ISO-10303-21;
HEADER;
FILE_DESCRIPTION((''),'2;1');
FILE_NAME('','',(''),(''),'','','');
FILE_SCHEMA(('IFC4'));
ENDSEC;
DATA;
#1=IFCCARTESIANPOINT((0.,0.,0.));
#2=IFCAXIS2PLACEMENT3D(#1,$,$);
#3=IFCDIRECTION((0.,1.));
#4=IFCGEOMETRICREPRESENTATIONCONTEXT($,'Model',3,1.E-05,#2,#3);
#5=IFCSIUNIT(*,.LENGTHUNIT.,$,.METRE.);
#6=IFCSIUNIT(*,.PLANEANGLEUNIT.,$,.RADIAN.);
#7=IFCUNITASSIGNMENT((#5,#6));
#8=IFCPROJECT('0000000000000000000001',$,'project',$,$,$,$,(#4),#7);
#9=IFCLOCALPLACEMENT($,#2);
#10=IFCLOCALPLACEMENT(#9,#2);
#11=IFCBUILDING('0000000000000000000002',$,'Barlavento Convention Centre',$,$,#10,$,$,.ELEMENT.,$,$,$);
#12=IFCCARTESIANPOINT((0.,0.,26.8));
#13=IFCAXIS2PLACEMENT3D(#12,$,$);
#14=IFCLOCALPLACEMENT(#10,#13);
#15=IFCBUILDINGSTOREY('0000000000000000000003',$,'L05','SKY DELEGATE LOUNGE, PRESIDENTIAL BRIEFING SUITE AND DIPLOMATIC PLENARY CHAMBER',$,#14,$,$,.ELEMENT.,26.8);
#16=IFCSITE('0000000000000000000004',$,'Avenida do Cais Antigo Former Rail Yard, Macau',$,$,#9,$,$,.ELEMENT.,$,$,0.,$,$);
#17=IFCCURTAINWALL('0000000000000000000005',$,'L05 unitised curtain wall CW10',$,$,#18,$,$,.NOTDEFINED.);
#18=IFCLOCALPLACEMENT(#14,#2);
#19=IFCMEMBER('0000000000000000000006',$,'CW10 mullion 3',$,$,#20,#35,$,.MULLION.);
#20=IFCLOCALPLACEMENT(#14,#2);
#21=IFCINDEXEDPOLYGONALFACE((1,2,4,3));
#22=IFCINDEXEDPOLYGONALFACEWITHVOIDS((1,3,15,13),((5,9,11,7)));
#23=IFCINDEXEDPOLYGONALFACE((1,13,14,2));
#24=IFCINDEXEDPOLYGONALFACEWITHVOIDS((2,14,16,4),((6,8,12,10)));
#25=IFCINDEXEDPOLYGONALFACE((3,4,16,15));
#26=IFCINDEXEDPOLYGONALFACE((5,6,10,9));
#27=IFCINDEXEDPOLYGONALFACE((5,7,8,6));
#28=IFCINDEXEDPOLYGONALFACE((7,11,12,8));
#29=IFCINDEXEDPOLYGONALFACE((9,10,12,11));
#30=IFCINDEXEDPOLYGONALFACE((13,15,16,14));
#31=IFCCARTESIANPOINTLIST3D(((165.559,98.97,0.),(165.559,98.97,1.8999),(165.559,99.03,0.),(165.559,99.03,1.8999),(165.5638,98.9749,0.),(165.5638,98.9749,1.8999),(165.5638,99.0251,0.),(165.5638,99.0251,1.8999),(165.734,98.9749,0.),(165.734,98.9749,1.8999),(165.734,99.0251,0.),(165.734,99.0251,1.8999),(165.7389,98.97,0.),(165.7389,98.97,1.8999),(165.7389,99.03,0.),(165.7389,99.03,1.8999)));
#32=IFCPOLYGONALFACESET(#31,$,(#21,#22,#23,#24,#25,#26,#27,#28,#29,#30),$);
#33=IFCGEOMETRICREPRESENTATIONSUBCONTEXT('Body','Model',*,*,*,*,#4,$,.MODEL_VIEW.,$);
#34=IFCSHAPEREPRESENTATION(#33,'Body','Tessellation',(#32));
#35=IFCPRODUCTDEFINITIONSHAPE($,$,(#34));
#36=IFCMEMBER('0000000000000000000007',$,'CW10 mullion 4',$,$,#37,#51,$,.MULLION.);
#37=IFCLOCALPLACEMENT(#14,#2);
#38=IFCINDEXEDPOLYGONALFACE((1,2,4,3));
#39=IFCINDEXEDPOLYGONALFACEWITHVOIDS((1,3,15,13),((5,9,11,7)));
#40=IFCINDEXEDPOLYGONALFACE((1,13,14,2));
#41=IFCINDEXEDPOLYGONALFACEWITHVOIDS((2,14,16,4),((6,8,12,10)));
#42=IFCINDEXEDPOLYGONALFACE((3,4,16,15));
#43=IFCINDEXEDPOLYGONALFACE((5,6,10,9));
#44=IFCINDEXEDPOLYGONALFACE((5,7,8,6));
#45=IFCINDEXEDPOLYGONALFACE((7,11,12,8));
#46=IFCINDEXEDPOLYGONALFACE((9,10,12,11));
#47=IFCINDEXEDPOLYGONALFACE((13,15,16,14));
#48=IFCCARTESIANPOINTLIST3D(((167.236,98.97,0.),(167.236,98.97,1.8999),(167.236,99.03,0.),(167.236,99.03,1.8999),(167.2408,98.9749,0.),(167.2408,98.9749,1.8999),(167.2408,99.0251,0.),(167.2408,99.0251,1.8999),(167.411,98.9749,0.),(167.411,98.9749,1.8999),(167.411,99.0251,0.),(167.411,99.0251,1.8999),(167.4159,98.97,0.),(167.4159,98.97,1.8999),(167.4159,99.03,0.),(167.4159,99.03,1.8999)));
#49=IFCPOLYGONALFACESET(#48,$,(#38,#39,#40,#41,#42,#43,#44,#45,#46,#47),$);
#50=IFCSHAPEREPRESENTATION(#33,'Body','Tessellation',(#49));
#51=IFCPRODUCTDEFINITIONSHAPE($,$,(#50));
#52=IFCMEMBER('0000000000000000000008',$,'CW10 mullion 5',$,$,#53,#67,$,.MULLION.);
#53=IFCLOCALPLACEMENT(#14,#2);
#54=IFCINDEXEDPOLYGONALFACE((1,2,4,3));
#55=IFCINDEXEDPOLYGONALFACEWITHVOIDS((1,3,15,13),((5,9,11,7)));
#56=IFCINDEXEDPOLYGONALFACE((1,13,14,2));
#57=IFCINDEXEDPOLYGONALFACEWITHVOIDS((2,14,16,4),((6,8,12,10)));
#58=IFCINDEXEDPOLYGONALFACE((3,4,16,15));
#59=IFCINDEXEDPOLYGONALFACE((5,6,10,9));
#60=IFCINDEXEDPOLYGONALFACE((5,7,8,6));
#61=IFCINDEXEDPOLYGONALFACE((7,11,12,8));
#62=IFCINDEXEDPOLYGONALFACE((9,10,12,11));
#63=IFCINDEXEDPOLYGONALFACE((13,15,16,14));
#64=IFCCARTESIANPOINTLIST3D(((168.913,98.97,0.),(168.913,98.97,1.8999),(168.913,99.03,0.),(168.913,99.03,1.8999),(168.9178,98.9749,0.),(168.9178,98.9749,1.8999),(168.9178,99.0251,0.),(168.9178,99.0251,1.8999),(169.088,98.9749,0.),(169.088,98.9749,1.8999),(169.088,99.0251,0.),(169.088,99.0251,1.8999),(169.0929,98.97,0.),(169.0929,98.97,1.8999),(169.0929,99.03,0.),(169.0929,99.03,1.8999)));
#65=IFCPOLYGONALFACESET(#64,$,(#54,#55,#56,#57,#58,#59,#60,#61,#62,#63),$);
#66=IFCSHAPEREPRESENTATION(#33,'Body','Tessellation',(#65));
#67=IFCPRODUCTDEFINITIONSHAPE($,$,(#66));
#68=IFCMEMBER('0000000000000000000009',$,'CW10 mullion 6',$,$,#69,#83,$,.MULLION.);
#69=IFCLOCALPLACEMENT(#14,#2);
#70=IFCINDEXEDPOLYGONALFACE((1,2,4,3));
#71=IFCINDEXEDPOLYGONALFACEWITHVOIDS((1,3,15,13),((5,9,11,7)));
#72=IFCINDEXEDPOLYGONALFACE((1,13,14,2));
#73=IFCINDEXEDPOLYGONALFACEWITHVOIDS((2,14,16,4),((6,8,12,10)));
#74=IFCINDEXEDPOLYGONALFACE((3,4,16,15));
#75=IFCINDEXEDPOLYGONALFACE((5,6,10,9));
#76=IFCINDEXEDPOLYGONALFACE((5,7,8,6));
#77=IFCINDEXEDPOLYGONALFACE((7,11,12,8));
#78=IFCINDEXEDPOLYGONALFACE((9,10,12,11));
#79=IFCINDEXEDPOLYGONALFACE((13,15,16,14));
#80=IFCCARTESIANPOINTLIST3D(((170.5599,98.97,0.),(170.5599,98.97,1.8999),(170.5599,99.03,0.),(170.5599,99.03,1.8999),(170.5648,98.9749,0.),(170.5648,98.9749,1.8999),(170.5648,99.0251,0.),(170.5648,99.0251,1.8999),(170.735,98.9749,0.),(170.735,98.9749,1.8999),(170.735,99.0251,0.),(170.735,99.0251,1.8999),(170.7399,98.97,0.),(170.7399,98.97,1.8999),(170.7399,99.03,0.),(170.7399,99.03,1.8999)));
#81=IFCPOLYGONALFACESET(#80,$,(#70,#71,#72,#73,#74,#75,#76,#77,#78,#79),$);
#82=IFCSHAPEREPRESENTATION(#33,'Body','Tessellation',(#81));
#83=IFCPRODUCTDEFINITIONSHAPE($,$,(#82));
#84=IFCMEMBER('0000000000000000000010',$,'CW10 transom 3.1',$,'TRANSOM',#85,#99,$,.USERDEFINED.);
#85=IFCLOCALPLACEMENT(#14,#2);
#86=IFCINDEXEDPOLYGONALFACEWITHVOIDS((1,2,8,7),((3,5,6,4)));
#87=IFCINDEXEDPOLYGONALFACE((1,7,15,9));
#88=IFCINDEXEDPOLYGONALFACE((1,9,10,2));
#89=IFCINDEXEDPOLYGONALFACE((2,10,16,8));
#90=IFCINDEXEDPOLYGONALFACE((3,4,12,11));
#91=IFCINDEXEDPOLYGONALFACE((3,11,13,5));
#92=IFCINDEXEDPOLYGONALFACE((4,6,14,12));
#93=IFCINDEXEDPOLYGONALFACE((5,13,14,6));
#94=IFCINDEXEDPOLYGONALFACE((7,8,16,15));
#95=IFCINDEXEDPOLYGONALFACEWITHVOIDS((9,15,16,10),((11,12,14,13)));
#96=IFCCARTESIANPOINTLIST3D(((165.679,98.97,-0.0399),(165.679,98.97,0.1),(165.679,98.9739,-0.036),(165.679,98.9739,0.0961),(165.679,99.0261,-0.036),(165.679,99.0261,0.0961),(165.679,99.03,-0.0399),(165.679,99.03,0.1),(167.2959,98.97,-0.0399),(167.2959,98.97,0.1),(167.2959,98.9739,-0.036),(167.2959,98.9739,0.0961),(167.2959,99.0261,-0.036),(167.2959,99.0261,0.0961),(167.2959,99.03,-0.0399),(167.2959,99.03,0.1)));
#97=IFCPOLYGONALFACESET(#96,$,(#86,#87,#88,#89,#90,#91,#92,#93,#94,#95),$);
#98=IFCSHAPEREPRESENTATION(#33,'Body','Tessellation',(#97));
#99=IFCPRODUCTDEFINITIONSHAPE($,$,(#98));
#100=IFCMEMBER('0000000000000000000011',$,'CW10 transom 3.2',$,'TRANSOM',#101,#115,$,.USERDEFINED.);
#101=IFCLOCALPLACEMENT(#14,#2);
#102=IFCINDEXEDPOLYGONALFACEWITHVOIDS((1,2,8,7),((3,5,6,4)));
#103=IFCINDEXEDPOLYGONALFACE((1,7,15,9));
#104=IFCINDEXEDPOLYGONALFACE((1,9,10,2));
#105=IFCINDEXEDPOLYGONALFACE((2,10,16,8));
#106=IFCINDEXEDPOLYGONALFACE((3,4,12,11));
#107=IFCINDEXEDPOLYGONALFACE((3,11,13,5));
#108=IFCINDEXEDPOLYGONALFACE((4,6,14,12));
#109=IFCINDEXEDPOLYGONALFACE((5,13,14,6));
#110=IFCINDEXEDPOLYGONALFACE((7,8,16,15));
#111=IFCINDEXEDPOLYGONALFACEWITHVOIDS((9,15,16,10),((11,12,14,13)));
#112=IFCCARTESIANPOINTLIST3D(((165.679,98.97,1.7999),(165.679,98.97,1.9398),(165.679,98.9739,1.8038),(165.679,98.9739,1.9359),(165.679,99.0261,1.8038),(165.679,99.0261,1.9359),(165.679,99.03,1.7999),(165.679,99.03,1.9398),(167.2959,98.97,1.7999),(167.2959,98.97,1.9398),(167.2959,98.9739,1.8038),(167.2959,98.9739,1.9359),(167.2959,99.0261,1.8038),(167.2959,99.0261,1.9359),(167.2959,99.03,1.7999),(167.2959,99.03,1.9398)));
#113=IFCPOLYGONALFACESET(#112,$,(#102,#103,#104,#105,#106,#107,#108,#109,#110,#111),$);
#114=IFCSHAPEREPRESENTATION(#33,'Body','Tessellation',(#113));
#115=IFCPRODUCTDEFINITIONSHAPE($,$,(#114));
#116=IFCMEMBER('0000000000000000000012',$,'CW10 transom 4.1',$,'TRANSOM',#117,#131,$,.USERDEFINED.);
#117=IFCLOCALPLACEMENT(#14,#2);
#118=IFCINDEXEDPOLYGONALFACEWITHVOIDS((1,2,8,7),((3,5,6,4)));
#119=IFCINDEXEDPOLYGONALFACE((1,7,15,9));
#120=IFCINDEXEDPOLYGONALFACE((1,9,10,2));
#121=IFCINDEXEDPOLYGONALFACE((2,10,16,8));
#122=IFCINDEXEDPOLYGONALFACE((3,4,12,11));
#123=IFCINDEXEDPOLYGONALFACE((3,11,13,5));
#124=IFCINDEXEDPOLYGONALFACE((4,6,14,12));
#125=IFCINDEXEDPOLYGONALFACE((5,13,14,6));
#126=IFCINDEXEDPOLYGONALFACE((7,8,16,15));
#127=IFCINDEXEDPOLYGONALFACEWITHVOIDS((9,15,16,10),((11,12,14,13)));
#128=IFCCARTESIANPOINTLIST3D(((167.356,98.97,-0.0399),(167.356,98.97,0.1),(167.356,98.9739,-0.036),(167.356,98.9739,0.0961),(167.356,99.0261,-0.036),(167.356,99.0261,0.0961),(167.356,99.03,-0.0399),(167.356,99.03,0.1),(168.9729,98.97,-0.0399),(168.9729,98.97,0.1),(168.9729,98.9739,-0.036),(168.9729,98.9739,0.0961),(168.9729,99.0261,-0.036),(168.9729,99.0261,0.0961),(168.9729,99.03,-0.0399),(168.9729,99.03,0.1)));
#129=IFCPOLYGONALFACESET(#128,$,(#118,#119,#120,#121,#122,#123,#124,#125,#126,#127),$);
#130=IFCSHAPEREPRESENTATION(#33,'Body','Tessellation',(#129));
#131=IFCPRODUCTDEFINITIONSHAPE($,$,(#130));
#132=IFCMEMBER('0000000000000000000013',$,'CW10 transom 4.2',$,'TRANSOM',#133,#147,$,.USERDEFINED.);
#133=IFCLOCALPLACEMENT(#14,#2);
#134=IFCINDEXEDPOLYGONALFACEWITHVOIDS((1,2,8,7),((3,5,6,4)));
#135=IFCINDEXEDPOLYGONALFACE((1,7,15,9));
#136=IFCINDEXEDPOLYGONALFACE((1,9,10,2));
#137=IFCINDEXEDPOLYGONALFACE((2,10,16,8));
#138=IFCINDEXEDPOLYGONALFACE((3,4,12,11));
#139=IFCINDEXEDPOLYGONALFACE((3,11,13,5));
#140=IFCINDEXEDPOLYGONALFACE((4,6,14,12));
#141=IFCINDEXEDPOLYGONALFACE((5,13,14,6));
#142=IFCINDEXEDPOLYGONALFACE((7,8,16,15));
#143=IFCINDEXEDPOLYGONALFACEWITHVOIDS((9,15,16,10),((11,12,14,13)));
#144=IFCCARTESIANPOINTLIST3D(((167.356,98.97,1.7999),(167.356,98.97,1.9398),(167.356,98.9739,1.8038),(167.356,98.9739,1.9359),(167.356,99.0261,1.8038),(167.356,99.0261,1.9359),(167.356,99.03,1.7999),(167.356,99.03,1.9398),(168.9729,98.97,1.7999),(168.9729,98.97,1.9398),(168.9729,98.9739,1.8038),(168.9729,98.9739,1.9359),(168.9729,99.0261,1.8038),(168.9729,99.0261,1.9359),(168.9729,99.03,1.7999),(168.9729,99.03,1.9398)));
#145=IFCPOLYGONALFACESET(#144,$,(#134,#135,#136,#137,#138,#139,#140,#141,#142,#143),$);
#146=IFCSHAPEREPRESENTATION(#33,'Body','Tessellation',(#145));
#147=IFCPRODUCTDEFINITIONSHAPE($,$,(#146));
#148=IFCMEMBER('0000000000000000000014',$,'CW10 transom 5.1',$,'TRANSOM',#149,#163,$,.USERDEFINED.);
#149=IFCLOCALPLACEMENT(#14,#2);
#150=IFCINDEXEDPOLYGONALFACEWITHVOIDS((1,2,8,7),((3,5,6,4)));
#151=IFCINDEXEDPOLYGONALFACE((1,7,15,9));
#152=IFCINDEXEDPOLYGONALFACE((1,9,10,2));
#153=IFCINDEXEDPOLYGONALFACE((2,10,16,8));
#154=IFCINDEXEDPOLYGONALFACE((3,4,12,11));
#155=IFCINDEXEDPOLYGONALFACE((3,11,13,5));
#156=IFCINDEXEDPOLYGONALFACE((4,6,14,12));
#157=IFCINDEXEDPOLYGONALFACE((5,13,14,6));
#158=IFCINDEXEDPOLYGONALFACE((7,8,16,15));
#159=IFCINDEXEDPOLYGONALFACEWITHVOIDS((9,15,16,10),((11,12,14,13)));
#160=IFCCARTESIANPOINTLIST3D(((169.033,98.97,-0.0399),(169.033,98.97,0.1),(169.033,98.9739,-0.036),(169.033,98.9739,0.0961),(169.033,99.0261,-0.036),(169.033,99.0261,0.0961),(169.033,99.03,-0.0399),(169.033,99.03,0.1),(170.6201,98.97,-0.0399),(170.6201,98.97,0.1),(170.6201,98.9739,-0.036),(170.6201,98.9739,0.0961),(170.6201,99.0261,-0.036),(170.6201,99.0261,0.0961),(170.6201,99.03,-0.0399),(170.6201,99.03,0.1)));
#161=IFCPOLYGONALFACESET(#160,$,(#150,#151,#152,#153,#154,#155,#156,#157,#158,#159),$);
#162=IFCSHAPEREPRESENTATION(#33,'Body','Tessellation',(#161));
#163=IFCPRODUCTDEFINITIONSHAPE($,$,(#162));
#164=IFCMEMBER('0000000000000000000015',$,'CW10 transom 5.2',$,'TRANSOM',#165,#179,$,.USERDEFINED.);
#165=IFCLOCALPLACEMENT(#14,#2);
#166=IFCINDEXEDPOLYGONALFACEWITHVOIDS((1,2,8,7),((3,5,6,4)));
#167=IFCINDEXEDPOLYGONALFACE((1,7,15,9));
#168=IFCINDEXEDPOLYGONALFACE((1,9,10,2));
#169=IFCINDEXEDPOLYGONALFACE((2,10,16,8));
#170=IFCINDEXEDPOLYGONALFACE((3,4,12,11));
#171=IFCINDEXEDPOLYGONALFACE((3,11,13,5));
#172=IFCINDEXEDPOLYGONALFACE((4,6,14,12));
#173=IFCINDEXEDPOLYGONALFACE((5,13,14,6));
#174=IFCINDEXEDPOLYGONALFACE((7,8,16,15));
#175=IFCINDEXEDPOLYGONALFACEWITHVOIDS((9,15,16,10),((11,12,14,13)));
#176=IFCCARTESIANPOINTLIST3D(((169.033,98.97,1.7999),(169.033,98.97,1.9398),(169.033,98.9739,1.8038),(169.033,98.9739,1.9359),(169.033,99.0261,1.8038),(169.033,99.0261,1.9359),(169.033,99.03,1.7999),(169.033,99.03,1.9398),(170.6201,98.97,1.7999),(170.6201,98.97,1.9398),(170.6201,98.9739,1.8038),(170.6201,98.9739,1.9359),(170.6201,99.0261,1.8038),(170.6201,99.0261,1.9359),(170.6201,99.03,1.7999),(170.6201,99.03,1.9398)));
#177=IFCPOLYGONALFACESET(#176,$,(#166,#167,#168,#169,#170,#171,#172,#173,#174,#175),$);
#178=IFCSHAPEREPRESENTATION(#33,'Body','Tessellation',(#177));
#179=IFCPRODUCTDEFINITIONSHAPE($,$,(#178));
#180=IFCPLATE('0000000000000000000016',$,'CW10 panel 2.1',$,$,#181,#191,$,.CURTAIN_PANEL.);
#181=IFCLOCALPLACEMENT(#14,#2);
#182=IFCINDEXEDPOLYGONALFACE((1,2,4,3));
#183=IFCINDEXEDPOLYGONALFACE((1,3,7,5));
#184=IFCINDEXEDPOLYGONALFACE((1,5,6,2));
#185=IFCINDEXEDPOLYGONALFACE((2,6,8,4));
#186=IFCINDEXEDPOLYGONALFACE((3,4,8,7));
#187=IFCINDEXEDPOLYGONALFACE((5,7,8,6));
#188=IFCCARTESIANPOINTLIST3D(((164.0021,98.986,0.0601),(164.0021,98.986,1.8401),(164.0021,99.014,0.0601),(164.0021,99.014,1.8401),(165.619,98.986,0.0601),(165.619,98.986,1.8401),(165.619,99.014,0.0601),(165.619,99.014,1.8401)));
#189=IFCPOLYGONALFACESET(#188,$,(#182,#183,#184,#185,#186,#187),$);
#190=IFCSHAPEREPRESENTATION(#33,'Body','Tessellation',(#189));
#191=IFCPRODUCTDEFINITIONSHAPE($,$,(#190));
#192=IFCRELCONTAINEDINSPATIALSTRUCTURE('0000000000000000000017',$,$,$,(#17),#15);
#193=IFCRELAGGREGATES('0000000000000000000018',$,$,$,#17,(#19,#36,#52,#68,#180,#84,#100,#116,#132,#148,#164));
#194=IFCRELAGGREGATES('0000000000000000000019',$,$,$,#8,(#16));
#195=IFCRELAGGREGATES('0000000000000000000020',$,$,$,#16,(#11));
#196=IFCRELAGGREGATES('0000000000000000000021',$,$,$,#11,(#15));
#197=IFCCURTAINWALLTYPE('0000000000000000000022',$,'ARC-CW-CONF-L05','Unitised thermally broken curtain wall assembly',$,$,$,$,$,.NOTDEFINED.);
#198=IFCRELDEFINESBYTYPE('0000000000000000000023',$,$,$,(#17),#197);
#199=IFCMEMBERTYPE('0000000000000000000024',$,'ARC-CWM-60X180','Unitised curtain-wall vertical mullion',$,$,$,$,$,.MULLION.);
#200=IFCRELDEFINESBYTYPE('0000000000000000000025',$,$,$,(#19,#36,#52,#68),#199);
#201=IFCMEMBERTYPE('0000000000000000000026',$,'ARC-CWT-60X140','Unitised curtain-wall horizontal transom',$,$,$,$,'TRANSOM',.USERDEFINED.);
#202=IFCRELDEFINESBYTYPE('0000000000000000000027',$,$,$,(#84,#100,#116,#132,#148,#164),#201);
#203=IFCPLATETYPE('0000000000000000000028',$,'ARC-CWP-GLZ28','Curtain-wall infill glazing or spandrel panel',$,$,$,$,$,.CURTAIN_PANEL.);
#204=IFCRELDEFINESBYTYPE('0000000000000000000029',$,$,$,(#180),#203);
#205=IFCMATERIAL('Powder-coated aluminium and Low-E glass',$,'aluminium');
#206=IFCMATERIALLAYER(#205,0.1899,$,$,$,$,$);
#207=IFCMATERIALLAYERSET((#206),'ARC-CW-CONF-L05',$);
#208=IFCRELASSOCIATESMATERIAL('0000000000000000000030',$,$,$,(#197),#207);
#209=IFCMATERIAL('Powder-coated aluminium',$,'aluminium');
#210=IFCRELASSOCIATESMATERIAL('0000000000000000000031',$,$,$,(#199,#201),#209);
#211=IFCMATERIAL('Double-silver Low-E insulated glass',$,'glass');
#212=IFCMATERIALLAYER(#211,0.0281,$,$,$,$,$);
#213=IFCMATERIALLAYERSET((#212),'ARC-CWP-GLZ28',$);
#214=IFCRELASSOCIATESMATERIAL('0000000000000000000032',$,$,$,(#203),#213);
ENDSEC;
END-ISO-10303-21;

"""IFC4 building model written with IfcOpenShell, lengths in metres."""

from ifc_helpers import new_model, si_unit, direction, frame, origin, origin_2d, place, context, subcontext, project, spatial, rectangle, hollow_rectangle, extrude, material, layer, layer_set, material_profile, profile_set, type_object, element, aggregate, save


model = new_model("IFC4")

# Units and contexts
model_context = context("Model", 3, precision=1e-05, world=origin(), true_north=direction((0.0, 1.0)))
body_context = subcontext(model_context, "Body", "Model", "MODEL_VIEW")
ifc_project = project(units=[si_unit("LENGTHUNIT", "METRE"), si_unit("PLANEANGLEUNIT", "RADIAN")], contexts=[model_context])

# Site, building, storey
site_placement = place(None, origin())
site = spatial("IfcSite", under=ifc_project, at=site_placement, Name="Avenida do Cais Antigo Former Rail Yard, Macau", CompositionType="ELEMENT", RefElevation=0.0)
building_placement = place(site_placement, origin())
building = spatial("IfcBuilding", under=site, at=building_placement, Name="Barlavento Convention Centre", CompositionType="ELEMENT")
storey_placement = place(building_placement, frame((0.0, 0.0, 26.8)))
storey = spatial("IfcBuildingStorey", under=building, at=storey_placement, Name="L05", Description="SKY DELEGATE LOUNGE, PRESIDENTIAL BRIEFING SUITE AND DIPLOMATIC PLENARY CHAMBER", CompositionType="ELEMENT", Elevation=26.8)

# Curtain wall, members, plate
ifc_material_1 = material(Name="Powder-coated aluminium and Low-E glass", Category="aluminium")
ifc_layer_1 = layer(ifc_material_1, 0.1899)
ifc_layer_set_1 = layer_set([ifc_layer_1], Name="ARC-CW-CONF-L05")
curtain_wall_type = type_object("IfcCurtainWallType", Name="ARC-CW-CONF-L05", Description="Unitised thermally broken curtain wall assembly", PredefinedType="NOTDEFINED", material=ifc_layer_set_1)
curtain_wall_placement = place(storey_placement, origin())
curtain_wall = element("IfcCurtainWall", 1, at=curtain_wall_placement, inside=storey, type_object=curtain_wall_type, Name="L05 unitised curtain wall CW10", PredefinedType="NOTDEFINED")
ifc_material_2 = material(Name="Powder-coated aluminium", Category="aluminium")
ifc_material_profile_1 = material_profile(ifc_material_2, hollow_rectangle(XDim=0.0601, YDim=0.1799, WallThickness=0.0049, at=origin_2d()), Name="AL-MULL 60x180x5")
ifc_profile_set_1 = profile_set([ifc_material_profile_1], Name="Powder-coated aluminium")
member_type_1 = type_object("IfcMemberType", Name="ARC-CWM-60X180", Description="Unitised curtain-wall vertical mullion", PredefinedType="MULLION", material=ifc_profile_set_1)
member_1_placement = place(storey_placement, frame((165.6489, 99.0, 0.0), z_axis=(0.0, 0.0, 1.0), x_axis=(0.0, 1.0, 0.0)))
member_1 = element("IfcMember", 2, at=member_1_placement, type_object=member_type_1, Name="CW10 mullion 3", PredefinedType="MULLION", context=body_context, shape_type="SweptSolid", body=[
    extrude(hollow_rectangle(XDim=0.0601, YDim=0.1799, WallThickness=0.0049, at=origin_2d()), origin(), (0.0, 0.0, 1.0), 1.8999),
])
member_2_placement = place(storey_placement, frame((167.3259, 99.0, 0.0), z_axis=(0.0, 0.0, 1.0), x_axis=(0.0, 1.0, 0.0)))
member_2 = element("IfcMember", 3, at=member_2_placement, type_object=member_type_1, Name="CW10 mullion 4", PredefinedType="MULLION", context=body_context, shape_type="SweptSolid", body=[
    extrude(hollow_rectangle(XDim=0.0601, YDim=0.1799, WallThickness=0.0049, at=origin_2d()), origin(), (0.0, 0.0, 1.0), 1.8999),
])
member_3_placement = place(storey_placement, frame((169.0029, 99.0, 0.0), z_axis=(0.0, 0.0, 1.0), x_axis=(0.0, 1.0, 0.0)))
member_3 = element("IfcMember", 4, at=member_3_placement, type_object=member_type_1, Name="CW10 mullion 5", PredefinedType="MULLION", context=body_context, shape_type="SweptSolid", body=[
    extrude(hollow_rectangle(XDim=0.0601, YDim=0.1799, WallThickness=0.0049, at=origin_2d()), origin(), (0.0, 0.0, 1.0), 1.8999),
])
member_4_placement = place(storey_placement, frame((170.6499, 99.0, 0.0), z_axis=(0.0, 0.0, 1.0), x_axis=(0.0, 1.0, 0.0)))
member_4 = element("IfcMember", 5, at=member_4_placement, type_object=member_type_1, Name="CW10 mullion 6", PredefinedType="MULLION", context=body_context, shape_type="SweptSolid", body=[
    extrude(hollow_rectangle(XDim=0.0601, YDim=0.1799, WallThickness=0.0049, at=origin_2d()), origin(), (0.0, 0.0, 1.0), 1.8999),
])
ifc_material_profile_2 = material_profile(ifc_material_2, hollow_rectangle(XDim=0.0601, YDim=0.1399, WallThickness=0.0039, at=origin_2d()), Name="AL-TRAN 60x140x4")
ifc_profile_set_2 = profile_set([ifc_material_profile_2], Name="Powder-coated aluminium")
member_type_2 = type_object("IfcMemberType", Name="ARC-CWT-60X140", Description="Unitised curtain-wall horizontal transom", ElementType="TRANSOM", PredefinedType="USERDEFINED", material=ifc_profile_set_2)
member_5_placement = place(storey_placement, frame((165.679, 99.0, 0.03), z_axis=(1.0, 0.0, 0.0), x_axis=(0.0, 1.0, 0.0)))
member_5 = element("IfcMember", 6, at=member_5_placement, type_object=member_type_2, Name="CW10 transom 3.1", ObjectType="TRANSOM", PredefinedType="USERDEFINED", context=body_context, shape_type="SweptSolid", body=[
    extrude(hollow_rectangle(XDim=0.0601, YDim=0.1399, WallThickness=0.0039, at=origin_2d()), origin(), (0.0, 0.0, 1.0), 1.6169),
])
member_6_placement = place(storey_placement, frame((165.679, 99.0, 1.8699), z_axis=(1.0, 0.0, 0.0), x_axis=(0.0, 1.0, 0.0)))
member_6 = element("IfcMember", 7, at=member_6_placement, type_object=member_type_2, Name="CW10 transom 3.2", ObjectType="TRANSOM", PredefinedType="USERDEFINED", context=body_context, shape_type="SweptSolid", body=[
    extrude(hollow_rectangle(XDim=0.0601, YDim=0.1399, WallThickness=0.0039, at=origin_2d()), origin(), (0.0, 0.0, 1.0), 1.6169),
])
member_7_placement = place(storey_placement, frame((167.356, 99.0, 0.03), z_axis=(1.0, 0.0, 0.0), x_axis=(0.0, 1.0, 0.0)))
member_7 = element("IfcMember", 8, at=member_7_placement, type_object=member_type_2, Name="CW10 transom 4.1", ObjectType="TRANSOM", PredefinedType="USERDEFINED", context=body_context, shape_type="SweptSolid", body=[
    extrude(hollow_rectangle(XDim=0.0601, YDim=0.1399, WallThickness=0.0039, at=origin_2d()), origin(), (0.0, 0.0, 1.0), 1.6169),
])
member_8_placement = place(storey_placement, frame((167.356, 99.0, 1.8699), z_axis=(1.0, 0.0, 0.0), x_axis=(0.0, 1.0, 0.0)))
member_8 = element("IfcMember", 9, at=member_8_placement, type_object=member_type_2, Name="CW10 transom 4.2", ObjectType="TRANSOM", PredefinedType="USERDEFINED", context=body_context, shape_type="SweptSolid", body=[
    extrude(hollow_rectangle(XDim=0.0601, YDim=0.1399, WallThickness=0.0039, at=origin_2d()), origin(), (0.0, 0.0, 1.0), 1.6169),
])
member_9_placement = place(storey_placement, frame((169.033, 99.0, 0.03), z_axis=(1.0, 0.0, 0.0), x_axis=(0.0, 1.0, 0.0)))
member_9 = element("IfcMember", 10, at=member_9_placement, type_object=member_type_2, Name="CW10 transom 5.1", ObjectType="TRANSOM", PredefinedType="USERDEFINED", context=body_context, shape_type="SweptSolid", body=[
    extrude(hollow_rectangle(XDim=0.0601, YDim=0.1399, WallThickness=0.0039, at=origin_2d()), origin(), (0.0, 0.0, 1.0), 1.5872),
])
member_10_placement = place(storey_placement, frame((169.033, 99.0, 1.8699), z_axis=(1.0, 0.0, 0.0), x_axis=(0.0, 1.0, 0.0)))
member_10 = element("IfcMember", 11, at=member_10_placement, type_object=member_type_2, Name="CW10 transom 5.2", ObjectType="TRANSOM", PredefinedType="USERDEFINED", context=body_context, shape_type="SweptSolid", body=[
    extrude(hollow_rectangle(XDim=0.0601, YDim=0.1399, WallThickness=0.0039, at=origin_2d()), origin(), (0.0, 0.0, 1.0), 1.5872),
])
ifc_material_3 = material(Name="Double-silver Low-E insulated glass", Category="glass")
ifc_layer_2 = layer(ifc_material_3, 0.0281)
ifc_layer_set_2 = layer_set([ifc_layer_2], Name="ARC-CWP-GLZ28")
plate_type = type_object("IfcPlateType", Name="ARC-CWP-GLZ28", Description="Curtain-wall infill glazing or spandrel panel", PredefinedType="CURTAIN_PANEL", material=ifc_layer_set_2)
plate_1_placement = place(storey_placement, frame((164.8105, 99.0, 0.0601), z_axis=(0.0, 0.0, 1.0), x_axis=(1.0, 0.0, 0.0)))
plate_1 = element("IfcPlate", 12, at=plate_1_placement, type_object=plate_type, Name="CW10 panel 2.1", PredefinedType="CURTAIN_PANEL", context=body_context, shape_type="SweptSolid", body=[
    extrude(rectangle(XDim=1.6169, YDim=0.0281, at=origin_2d()), origin(), (0.0, 0.0, 1.0), 1.78),
])
aggregate(curtain_wall, [member_1, member_2, member_3, member_4, plate_1, member_5, member_6, member_7, member_8, member_9, member_10])

save(model, "model.ifc")
